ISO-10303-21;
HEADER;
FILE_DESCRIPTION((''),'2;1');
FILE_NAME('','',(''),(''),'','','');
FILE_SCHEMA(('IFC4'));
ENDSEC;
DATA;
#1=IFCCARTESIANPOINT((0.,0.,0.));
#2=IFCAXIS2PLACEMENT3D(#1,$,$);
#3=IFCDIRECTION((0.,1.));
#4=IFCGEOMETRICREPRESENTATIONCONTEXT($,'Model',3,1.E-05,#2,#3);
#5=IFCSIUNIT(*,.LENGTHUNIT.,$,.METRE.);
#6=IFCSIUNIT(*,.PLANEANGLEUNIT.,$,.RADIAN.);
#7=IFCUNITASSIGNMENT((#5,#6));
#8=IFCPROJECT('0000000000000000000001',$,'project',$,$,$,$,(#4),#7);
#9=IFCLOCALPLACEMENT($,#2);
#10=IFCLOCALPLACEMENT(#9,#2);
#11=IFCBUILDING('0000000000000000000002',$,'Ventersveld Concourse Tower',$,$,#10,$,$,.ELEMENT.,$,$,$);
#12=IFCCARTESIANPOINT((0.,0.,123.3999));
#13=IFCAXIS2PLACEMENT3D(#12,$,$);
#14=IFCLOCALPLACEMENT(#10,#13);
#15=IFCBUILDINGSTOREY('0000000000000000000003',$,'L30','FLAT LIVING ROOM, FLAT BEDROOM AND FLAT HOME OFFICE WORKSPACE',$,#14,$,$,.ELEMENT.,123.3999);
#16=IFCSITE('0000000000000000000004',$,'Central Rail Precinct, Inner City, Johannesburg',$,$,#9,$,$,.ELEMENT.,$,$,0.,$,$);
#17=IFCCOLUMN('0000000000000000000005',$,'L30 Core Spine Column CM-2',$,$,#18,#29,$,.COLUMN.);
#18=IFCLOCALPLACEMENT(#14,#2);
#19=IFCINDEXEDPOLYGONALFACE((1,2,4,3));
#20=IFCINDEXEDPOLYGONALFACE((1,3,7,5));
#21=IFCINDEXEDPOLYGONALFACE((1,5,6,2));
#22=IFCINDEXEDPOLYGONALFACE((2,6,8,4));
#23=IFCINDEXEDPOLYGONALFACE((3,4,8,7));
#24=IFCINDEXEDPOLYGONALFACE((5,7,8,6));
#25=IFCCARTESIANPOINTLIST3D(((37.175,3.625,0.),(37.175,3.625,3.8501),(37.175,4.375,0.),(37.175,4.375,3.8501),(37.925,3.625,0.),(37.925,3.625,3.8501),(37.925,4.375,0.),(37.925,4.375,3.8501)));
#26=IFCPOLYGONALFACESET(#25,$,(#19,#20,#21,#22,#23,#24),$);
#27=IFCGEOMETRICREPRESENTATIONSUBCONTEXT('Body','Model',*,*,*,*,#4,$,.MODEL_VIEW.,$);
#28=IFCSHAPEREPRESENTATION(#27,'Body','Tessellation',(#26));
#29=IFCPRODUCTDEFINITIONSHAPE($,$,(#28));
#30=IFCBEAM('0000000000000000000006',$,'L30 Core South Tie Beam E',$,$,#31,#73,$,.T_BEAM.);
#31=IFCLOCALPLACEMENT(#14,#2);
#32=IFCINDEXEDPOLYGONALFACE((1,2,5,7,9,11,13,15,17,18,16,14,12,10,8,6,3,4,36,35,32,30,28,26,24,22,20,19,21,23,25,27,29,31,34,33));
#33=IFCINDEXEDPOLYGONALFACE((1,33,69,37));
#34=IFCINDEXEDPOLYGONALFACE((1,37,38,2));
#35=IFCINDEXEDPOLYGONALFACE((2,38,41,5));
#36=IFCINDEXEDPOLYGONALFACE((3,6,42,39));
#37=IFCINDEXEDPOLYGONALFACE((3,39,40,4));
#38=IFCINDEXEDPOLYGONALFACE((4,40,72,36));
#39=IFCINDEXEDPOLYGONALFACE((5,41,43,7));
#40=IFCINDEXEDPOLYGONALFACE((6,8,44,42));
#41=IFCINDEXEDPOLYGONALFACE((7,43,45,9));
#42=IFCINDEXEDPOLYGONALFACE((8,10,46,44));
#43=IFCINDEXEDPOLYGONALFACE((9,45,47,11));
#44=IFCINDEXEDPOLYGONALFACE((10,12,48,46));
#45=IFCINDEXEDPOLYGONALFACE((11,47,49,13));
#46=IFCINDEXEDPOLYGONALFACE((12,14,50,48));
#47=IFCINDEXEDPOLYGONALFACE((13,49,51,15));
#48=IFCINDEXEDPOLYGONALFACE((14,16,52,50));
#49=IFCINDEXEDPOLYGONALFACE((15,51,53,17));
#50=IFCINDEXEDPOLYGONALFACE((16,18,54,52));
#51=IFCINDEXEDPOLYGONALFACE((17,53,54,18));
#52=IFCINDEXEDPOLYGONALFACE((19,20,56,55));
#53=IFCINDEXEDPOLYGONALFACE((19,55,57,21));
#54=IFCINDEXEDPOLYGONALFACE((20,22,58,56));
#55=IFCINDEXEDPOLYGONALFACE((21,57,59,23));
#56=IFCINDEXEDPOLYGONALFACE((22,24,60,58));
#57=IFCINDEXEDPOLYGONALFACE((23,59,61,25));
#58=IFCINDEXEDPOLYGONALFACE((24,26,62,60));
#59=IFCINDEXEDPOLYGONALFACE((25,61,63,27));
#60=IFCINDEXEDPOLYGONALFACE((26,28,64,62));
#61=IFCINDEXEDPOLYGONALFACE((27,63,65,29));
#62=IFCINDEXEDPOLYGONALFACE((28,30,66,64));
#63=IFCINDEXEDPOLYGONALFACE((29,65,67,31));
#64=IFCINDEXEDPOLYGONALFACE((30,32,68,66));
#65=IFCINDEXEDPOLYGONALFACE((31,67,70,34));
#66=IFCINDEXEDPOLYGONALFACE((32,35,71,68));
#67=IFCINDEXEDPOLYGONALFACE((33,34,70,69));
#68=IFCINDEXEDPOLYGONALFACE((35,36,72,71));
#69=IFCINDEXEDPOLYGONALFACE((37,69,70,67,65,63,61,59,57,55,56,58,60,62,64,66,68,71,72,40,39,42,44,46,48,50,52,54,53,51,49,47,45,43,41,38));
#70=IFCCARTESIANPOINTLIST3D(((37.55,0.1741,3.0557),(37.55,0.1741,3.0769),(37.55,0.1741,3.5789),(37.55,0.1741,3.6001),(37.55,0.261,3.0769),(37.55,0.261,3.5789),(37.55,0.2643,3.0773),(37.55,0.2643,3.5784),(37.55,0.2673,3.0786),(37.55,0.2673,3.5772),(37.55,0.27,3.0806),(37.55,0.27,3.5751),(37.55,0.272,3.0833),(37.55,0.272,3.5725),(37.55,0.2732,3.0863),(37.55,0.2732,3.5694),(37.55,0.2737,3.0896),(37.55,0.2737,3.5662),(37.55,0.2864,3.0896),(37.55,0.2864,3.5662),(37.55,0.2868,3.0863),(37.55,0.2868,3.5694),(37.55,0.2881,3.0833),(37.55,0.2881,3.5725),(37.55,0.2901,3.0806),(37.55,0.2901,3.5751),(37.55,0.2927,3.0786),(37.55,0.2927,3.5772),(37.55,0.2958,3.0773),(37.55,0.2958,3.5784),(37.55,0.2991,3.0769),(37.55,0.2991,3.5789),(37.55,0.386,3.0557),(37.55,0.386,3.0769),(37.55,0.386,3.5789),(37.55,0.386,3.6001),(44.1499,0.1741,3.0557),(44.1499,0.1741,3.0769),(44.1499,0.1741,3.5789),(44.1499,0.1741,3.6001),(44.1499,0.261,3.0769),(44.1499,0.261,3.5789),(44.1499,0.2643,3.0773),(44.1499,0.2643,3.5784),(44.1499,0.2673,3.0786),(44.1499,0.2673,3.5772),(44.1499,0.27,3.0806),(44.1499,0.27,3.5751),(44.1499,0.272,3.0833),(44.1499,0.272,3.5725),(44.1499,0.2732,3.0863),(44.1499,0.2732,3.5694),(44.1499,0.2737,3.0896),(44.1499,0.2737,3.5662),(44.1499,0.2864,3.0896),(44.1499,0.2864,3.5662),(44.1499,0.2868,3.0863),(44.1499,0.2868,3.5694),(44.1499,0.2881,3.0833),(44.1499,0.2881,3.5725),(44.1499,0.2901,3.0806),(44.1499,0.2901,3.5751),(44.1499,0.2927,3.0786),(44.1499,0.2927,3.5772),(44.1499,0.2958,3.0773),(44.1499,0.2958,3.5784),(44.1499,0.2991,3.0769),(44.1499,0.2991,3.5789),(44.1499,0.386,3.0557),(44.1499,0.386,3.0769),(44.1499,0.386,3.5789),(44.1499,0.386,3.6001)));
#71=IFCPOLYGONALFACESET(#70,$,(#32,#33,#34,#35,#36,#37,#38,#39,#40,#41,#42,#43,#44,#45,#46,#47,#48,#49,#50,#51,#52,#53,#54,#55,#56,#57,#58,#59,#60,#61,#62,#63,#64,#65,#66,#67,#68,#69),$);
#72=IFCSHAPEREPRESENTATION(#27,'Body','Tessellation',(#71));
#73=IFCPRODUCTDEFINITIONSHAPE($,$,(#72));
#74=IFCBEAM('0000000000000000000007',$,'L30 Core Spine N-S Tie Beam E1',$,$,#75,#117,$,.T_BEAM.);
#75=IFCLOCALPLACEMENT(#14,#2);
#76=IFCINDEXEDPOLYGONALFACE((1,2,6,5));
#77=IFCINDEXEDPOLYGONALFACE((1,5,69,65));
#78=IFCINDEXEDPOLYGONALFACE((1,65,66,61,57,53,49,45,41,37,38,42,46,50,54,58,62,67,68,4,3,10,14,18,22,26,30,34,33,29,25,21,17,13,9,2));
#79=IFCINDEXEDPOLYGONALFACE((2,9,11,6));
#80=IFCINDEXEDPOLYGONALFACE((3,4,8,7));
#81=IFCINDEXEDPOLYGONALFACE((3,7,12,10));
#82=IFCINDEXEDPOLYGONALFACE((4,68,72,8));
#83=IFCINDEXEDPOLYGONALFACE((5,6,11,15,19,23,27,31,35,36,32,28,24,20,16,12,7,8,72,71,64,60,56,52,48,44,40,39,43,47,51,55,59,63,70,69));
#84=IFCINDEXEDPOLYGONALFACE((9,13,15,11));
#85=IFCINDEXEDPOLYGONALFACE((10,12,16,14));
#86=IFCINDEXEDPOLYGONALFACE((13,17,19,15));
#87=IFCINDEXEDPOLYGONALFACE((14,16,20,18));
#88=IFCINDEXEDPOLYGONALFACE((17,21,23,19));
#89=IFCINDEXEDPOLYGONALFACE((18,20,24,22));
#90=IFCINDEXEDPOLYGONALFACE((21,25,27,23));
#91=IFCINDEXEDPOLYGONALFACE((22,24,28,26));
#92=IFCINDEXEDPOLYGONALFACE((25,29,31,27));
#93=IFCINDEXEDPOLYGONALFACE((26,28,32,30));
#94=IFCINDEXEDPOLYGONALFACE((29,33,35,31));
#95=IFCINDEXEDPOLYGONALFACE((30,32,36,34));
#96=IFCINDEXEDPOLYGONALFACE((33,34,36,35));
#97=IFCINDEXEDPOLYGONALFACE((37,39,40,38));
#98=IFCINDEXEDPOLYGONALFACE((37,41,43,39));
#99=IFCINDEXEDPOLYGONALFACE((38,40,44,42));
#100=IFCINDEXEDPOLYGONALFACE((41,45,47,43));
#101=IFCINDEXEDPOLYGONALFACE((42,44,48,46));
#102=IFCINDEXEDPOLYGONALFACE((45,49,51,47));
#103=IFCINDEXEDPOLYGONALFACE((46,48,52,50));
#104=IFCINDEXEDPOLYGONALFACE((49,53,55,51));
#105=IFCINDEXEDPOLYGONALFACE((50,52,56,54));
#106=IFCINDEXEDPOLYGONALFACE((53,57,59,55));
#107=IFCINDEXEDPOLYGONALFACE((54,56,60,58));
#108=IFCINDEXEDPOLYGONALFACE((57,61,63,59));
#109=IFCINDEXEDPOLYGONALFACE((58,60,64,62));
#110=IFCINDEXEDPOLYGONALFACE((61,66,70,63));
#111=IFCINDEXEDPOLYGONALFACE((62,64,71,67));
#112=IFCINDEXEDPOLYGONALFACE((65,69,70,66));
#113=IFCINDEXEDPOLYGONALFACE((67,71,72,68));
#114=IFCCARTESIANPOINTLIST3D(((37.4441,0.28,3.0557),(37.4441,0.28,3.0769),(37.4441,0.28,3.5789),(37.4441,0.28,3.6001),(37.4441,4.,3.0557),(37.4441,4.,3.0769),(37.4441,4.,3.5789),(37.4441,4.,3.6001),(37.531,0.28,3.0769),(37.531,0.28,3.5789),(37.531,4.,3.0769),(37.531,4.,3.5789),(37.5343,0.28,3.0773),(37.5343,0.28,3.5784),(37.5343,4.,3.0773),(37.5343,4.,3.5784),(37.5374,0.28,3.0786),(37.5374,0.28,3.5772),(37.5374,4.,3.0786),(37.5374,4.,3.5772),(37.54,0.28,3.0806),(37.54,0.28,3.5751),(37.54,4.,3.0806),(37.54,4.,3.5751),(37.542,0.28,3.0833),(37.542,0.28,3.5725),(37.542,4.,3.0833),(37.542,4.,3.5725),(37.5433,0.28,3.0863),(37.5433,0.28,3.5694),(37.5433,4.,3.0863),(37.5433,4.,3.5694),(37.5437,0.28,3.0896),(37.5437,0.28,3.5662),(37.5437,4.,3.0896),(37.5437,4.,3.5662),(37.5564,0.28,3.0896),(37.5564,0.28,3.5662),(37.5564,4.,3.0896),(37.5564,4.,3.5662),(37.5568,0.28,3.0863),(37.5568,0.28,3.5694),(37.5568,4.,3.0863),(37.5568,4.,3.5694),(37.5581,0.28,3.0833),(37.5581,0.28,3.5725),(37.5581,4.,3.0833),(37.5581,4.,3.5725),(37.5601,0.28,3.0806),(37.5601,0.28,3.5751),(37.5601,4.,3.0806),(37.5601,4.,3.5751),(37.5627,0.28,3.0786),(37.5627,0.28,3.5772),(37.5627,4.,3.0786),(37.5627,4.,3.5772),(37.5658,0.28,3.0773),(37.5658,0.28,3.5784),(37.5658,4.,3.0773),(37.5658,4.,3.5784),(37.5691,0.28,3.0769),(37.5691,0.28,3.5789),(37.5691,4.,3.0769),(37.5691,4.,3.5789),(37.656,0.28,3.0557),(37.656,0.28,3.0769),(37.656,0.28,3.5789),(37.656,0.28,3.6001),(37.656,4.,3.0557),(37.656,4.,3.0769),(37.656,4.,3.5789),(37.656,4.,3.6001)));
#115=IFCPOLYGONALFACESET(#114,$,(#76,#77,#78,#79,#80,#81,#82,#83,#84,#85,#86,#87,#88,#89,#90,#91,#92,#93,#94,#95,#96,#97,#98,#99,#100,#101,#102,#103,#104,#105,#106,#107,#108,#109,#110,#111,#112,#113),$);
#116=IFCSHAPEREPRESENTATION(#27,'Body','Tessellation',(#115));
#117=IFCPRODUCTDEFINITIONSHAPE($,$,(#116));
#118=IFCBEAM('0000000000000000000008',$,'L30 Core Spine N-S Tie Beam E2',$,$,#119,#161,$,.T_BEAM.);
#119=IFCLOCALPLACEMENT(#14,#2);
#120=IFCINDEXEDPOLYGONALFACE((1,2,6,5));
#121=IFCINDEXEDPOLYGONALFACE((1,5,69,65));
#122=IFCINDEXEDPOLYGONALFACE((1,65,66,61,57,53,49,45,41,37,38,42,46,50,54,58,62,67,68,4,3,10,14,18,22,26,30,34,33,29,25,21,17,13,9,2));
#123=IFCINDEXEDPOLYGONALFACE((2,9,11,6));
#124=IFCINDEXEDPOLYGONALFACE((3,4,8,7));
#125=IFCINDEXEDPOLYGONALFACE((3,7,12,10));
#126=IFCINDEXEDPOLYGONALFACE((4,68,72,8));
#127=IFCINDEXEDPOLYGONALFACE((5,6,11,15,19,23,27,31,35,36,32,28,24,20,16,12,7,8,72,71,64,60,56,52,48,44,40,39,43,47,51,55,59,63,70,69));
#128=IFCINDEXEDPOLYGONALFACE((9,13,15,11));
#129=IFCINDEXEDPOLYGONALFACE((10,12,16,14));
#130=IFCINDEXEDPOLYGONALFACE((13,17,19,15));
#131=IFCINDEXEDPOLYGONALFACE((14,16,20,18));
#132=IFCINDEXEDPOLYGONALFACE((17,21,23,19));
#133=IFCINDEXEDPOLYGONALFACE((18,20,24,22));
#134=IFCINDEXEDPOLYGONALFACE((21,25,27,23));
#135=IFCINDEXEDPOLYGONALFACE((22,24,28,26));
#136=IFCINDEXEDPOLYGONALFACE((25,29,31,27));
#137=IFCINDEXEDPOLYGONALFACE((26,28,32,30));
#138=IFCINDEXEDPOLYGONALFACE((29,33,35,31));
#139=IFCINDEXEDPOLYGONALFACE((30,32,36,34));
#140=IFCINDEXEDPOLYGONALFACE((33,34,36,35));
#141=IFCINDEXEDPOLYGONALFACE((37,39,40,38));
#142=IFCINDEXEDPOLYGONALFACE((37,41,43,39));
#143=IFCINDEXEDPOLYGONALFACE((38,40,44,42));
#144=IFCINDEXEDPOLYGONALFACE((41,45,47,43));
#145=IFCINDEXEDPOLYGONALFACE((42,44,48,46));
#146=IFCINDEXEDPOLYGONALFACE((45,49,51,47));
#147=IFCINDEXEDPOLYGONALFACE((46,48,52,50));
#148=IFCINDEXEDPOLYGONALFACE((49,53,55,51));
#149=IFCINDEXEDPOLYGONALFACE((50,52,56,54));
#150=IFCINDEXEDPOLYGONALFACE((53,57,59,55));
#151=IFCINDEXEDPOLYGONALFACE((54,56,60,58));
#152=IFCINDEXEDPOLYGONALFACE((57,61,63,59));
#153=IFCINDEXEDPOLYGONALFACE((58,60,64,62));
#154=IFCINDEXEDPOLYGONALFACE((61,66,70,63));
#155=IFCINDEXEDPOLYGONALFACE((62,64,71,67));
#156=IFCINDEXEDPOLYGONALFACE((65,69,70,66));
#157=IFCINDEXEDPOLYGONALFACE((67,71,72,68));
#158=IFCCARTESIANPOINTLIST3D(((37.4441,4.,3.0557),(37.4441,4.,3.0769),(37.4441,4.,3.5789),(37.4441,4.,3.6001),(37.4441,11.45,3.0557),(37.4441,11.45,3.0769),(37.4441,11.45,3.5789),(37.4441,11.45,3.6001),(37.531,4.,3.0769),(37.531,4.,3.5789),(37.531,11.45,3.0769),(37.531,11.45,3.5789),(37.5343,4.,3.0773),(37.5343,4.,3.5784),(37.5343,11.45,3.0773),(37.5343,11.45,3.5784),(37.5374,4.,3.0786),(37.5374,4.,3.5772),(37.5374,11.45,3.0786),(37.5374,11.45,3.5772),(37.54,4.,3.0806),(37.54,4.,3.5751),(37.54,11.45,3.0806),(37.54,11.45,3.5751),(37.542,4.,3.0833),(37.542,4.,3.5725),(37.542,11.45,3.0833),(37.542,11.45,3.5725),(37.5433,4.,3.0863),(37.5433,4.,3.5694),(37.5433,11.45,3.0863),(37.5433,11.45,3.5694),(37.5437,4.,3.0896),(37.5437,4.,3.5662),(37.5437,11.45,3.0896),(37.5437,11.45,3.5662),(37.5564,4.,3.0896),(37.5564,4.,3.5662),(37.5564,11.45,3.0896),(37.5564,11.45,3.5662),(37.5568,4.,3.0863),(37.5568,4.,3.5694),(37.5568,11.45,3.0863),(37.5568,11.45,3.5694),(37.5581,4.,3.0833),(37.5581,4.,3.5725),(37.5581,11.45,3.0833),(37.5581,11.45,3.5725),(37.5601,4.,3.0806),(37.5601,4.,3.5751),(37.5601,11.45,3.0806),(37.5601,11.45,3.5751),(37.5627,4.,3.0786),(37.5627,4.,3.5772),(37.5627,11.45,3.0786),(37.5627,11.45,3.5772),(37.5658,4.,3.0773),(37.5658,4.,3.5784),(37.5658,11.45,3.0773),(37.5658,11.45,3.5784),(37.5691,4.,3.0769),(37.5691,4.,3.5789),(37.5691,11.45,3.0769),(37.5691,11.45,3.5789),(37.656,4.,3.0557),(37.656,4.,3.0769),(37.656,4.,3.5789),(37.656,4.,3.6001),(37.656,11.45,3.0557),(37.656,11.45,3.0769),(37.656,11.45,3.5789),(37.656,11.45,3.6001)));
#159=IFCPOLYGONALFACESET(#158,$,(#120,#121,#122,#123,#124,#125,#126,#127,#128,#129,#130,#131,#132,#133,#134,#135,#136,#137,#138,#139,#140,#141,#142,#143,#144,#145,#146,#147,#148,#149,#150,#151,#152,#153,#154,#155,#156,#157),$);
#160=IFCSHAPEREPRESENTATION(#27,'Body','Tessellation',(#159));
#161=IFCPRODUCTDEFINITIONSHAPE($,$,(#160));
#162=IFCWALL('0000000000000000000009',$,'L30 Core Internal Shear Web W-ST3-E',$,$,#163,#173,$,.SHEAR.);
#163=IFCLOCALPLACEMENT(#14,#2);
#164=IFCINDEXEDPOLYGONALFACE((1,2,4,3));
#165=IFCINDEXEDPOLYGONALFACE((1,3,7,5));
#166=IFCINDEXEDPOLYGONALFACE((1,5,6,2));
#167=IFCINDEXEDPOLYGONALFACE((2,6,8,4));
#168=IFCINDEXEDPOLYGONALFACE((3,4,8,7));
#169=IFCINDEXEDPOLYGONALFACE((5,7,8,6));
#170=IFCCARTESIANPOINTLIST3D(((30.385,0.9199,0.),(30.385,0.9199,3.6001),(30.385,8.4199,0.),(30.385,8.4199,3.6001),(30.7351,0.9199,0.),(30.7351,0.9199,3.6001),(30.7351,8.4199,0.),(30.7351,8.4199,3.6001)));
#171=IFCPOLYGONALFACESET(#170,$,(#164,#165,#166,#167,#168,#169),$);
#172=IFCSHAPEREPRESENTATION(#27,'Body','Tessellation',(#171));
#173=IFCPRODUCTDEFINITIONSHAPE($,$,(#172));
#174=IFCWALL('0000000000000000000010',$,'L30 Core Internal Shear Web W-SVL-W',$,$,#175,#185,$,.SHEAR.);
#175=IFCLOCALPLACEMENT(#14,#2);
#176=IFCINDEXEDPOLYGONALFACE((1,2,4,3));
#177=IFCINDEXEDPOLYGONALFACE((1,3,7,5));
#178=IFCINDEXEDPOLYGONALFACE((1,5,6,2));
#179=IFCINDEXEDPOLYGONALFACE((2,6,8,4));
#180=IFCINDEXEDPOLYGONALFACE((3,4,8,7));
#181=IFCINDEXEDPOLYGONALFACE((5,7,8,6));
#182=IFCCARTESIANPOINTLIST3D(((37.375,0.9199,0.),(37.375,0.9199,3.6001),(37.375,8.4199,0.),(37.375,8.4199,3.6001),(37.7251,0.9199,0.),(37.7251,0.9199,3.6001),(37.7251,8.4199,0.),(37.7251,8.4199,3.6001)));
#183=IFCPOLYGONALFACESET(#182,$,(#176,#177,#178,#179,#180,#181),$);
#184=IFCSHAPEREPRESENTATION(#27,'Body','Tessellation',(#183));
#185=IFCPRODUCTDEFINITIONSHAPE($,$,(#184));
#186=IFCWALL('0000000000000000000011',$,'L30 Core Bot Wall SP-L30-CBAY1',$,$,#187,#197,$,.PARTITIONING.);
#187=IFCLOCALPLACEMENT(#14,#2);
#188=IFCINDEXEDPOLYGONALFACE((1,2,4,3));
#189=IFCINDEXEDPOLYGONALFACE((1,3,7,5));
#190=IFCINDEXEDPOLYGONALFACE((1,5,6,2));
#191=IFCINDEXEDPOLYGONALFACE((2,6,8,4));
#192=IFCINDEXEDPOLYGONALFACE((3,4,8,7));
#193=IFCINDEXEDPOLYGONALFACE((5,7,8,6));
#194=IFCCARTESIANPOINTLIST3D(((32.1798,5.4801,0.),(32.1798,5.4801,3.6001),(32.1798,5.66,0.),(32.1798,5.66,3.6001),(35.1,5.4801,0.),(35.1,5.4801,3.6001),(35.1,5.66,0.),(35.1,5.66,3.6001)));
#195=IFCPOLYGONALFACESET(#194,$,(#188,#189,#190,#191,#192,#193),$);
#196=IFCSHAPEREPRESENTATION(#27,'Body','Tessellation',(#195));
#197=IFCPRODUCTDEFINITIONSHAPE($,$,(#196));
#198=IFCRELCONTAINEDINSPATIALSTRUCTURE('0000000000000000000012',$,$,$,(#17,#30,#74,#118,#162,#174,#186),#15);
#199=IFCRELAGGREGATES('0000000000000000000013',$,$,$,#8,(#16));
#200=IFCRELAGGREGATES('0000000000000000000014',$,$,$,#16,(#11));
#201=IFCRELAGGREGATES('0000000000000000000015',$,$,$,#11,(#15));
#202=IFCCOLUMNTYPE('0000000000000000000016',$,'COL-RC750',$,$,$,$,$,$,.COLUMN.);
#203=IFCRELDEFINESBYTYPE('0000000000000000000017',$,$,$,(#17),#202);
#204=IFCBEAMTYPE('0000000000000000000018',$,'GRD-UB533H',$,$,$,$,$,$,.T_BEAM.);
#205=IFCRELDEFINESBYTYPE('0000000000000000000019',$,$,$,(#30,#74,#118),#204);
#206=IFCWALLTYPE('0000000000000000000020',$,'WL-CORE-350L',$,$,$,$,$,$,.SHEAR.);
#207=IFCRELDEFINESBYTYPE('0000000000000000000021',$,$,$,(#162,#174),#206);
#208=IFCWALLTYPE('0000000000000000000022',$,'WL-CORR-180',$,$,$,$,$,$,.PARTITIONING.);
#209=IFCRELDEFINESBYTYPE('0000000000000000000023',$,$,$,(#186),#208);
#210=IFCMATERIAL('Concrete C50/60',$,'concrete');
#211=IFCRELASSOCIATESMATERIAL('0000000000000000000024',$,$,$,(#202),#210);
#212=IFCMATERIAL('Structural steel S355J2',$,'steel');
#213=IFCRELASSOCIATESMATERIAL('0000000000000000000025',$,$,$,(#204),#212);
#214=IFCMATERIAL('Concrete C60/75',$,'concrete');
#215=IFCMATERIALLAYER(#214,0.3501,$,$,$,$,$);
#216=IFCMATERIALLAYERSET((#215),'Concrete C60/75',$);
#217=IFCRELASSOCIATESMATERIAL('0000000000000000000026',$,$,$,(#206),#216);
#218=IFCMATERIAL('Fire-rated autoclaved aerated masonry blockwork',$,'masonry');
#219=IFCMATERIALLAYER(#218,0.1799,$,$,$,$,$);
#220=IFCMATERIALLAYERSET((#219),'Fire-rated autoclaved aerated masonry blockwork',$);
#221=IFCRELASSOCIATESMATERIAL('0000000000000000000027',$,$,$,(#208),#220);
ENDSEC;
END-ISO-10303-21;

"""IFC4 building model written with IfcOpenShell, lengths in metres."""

from ifc_helpers import new_model, si_unit, direction, frame, frame_2d, origin, origin_2d, place, context, subcontext, project, spatial, rectangle, i_section, extrude, material, layer, layer_set, material_profile, profile_set, type_object, element, save


model = new_model("IFC4")

# Units and contexts
model_context = context("Model", 3, precision=1e-05, world=origin(), true_north=direction((0.0, 1.0)))
body_context = subcontext(model_context, "Body", "Model", "MODEL_VIEW")
ifc_project = project(units=[si_unit("LENGTHUNIT", "METRE"), si_unit("PLANEANGLEUNIT", "RADIAN")], contexts=[model_context])

# Site, building, storey
site_placement = place(None, origin())
site = spatial("IfcSite", under=ifc_project, at=site_placement, Name="Central Rail Precinct, Inner City, Johannesburg", CompositionType="ELEMENT", RefElevation=0.0)
building_placement = place(site_placement, origin())
building = spatial("IfcBuilding", under=site, at=building_placement, Name="Ventersveld Concourse Tower", CompositionType="ELEMENT")
storey_placement = place(building_placement, frame((0.0, 0.0, 123.3999)))
storey = spatial("IfcBuildingStorey", under=building, at=storey_placement, Name="L30", Description="FLAT LIVING ROOM, FLAT BEDROOM AND FLAT HOME OFFICE WORKSPACE", CompositionType="ELEMENT", Elevation=123.3999)

# Column
ifc_material_1 = material(Name="Concrete C50/60", Category="concrete")
ifc_material_profile_1 = material_profile(ifc_material_1, rectangle(XDim=0.75, YDim=0.75, at=origin_2d()), Name="RC 750x750")
ifc_profile_set_1 = profile_set([ifc_material_profile_1], Name="Concrete C50/60")
column_type = type_object("IfcColumnType", Name="COL-RC750", PredefinedType="COLUMN", material=ifc_profile_set_1)
column_placement = place(storey_placement, frame((37.55, 4.0, 0.0), z_axis=(0.0, 0.0, 1.0), x_axis=(1.0, 0.0, 0.0)))
element("IfcColumn", 1, at=column_placement, inside=storey, type_object=column_type, Name="L30 Core Spine Column CM-2", PredefinedType="COLUMN", context=body_context, shape_type="SweptSolid", body=[
    extrude(rectangle(XDim=0.75, YDim=0.75, at=origin_2d()), origin(), (0.0, 0.0, 1.0), 3.8501),
])

# Beams
ifc_material_2 = material(Name="Structural steel S355J2", Category="steel")
ifc_material_profile_2 = material_profile(ifc_material_2, i_section(OverallWidth=0.2119, OverallDepth=0.5444, WebThickness=0.0127, FlangeThickness=0.0212, FilletRadius=0.0127, at=origin_2d()), Name="UB 533x210x122")
ifc_profile_set_2 = profile_set([ifc_material_profile_2], Name="Structural steel S355J2")
beam_type = type_object("IfcBeamType", Name="GRD-UB533H", PredefinedType="T_BEAM", material=ifc_profile_set_2)
beam_1_placement = place(storey_placement, frame((37.55, 0.28, 3.3279), z_axis=(1.0, 0.0, 0.0), x_axis=(0.0, 1.0, 0.0)))
element("IfcBeam", 2, at=beam_1_placement, inside=storey, type_object=beam_type, Name="L30 Core South Tie Beam E", PredefinedType="T_BEAM", context=body_context, shape_type="SweptSolid", body=[
    extrude(i_section(OverallWidth=0.2119, OverallDepth=0.5444, WebThickness=0.0127, FlangeThickness=0.0212, FilletRadius=0.0127, at=origin_2d()), origin(), (0.0, 0.0, 1.0), 6.5999),
])
beam_2_placement = place(storey_placement, frame((37.55, 0.28, 3.3279), z_axis=(0.0, 1.0, 0.0), x_axis=(-1.0, 0.0, 0.0)))
element("IfcBeam", 3, at=beam_2_placement, inside=storey, type_object=beam_type, Name="L30 Core Spine N-S Tie Beam E1", PredefinedType="T_BEAM", context=body_context, shape_type="SweptSolid", body=[
    extrude(i_section(OverallWidth=0.2119, OverallDepth=0.5444, WebThickness=0.0127, FlangeThickness=0.0212, FilletRadius=0.0127, at=origin_2d()), origin(), (0.0, 0.0, 1.0), 3.72),
])
beam_3_placement = place(storey_placement, frame((37.55, 4.0, 3.3279), z_axis=(0.0, 1.0, 0.0), x_axis=(-1.0, 0.0, 0.0)))
element("IfcBeam", 4, at=beam_3_placement, inside=storey, type_object=beam_type, Name="L30 Core Spine N-S Tie Beam E2", PredefinedType="T_BEAM", context=body_context, shape_type="SweptSolid", body=[
    extrude(i_section(OverallWidth=0.2119, OverallDepth=0.5444, WebThickness=0.0127, FlangeThickness=0.0212, FilletRadius=0.0127, at=origin_2d()), origin(), (0.0, 0.0, 1.0), 7.45),
])

# Walls
ifc_material_3 = material(Name="Concrete C60/75", Category="concrete")
ifc_layer_1 = layer(ifc_material_3, 0.3501)
ifc_layer_set_1 = layer_set([ifc_layer_1], Name="Concrete C60/75")
wall_type_1 = type_object("IfcWallType", Name="WL-CORE-350L", PredefinedType="SHEAR", material=ifc_layer_set_1)
for number, where, z_axis, x_axis, name in (
    (5, (30.5601, 0.9199, 0.0), (0.0, 0.0, 1.0), (0.0, 1.0, 0.0), "L30 Core Internal Shear Web W-ST3-E"),
    (6, (37.55, 0.9199, 0.0), (0.0, 0.0, 1.0), (0.0, 1.0, 0.0), "L30 Core Internal Shear Web W-SVL-W"),
):
    element("IfcWall", number, at=place(storey_placement, frame(where, z_axis=z_axis, x_axis=x_axis)), inside=storey, type_object=wall_type_1, Name=name, PredefinedType="SHEAR", context=body_context, shape_type="SweptSolid", body=[
        extrude(rectangle(XDim=7.5, YDim=0.3501, at=frame_2d((3.75, 0.0))), origin(), (0.0, 0.0, 1.0), 3.6001),
    ])
ifc_material_4 = material(Name="Fire-rated autoclaved aerated masonry blockwork", Category="masonry")
ifc_layer_2 = layer(ifc_material_4, 0.1799)
ifc_layer_set_2 = layer_set([ifc_layer_2], Name="Fire-rated autoclaved aerated masonry blockwork")
wall_type_2 = type_object("IfcWallType", Name="WL-CORR-180", PredefinedType="PARTITIONING", material=ifc_layer_set_2)
wall_1_placement = place(storey_placement, frame((32.1799, 5.5701, 0.0), z_axis=(0.0, 0.0, 1.0), x_axis=(1.0, 0.0, 0.0)))
element("IfcWall", 7, at=wall_1_placement, inside=storey, type_object=wall_type_2, Name="L30 Core Bot Wall SP-L30-CBAY1", PredefinedType="PARTITIONING", context=body_context, shape_type="SweptSolid", body=[
    extrude(rectangle(XDim=2.9202, YDim=0.1799, at=frame_2d((1.46, 0.0))), origin(), (0.0, 0.0, 1.0), 3.6001),
])

save(model, "model.ifc")
